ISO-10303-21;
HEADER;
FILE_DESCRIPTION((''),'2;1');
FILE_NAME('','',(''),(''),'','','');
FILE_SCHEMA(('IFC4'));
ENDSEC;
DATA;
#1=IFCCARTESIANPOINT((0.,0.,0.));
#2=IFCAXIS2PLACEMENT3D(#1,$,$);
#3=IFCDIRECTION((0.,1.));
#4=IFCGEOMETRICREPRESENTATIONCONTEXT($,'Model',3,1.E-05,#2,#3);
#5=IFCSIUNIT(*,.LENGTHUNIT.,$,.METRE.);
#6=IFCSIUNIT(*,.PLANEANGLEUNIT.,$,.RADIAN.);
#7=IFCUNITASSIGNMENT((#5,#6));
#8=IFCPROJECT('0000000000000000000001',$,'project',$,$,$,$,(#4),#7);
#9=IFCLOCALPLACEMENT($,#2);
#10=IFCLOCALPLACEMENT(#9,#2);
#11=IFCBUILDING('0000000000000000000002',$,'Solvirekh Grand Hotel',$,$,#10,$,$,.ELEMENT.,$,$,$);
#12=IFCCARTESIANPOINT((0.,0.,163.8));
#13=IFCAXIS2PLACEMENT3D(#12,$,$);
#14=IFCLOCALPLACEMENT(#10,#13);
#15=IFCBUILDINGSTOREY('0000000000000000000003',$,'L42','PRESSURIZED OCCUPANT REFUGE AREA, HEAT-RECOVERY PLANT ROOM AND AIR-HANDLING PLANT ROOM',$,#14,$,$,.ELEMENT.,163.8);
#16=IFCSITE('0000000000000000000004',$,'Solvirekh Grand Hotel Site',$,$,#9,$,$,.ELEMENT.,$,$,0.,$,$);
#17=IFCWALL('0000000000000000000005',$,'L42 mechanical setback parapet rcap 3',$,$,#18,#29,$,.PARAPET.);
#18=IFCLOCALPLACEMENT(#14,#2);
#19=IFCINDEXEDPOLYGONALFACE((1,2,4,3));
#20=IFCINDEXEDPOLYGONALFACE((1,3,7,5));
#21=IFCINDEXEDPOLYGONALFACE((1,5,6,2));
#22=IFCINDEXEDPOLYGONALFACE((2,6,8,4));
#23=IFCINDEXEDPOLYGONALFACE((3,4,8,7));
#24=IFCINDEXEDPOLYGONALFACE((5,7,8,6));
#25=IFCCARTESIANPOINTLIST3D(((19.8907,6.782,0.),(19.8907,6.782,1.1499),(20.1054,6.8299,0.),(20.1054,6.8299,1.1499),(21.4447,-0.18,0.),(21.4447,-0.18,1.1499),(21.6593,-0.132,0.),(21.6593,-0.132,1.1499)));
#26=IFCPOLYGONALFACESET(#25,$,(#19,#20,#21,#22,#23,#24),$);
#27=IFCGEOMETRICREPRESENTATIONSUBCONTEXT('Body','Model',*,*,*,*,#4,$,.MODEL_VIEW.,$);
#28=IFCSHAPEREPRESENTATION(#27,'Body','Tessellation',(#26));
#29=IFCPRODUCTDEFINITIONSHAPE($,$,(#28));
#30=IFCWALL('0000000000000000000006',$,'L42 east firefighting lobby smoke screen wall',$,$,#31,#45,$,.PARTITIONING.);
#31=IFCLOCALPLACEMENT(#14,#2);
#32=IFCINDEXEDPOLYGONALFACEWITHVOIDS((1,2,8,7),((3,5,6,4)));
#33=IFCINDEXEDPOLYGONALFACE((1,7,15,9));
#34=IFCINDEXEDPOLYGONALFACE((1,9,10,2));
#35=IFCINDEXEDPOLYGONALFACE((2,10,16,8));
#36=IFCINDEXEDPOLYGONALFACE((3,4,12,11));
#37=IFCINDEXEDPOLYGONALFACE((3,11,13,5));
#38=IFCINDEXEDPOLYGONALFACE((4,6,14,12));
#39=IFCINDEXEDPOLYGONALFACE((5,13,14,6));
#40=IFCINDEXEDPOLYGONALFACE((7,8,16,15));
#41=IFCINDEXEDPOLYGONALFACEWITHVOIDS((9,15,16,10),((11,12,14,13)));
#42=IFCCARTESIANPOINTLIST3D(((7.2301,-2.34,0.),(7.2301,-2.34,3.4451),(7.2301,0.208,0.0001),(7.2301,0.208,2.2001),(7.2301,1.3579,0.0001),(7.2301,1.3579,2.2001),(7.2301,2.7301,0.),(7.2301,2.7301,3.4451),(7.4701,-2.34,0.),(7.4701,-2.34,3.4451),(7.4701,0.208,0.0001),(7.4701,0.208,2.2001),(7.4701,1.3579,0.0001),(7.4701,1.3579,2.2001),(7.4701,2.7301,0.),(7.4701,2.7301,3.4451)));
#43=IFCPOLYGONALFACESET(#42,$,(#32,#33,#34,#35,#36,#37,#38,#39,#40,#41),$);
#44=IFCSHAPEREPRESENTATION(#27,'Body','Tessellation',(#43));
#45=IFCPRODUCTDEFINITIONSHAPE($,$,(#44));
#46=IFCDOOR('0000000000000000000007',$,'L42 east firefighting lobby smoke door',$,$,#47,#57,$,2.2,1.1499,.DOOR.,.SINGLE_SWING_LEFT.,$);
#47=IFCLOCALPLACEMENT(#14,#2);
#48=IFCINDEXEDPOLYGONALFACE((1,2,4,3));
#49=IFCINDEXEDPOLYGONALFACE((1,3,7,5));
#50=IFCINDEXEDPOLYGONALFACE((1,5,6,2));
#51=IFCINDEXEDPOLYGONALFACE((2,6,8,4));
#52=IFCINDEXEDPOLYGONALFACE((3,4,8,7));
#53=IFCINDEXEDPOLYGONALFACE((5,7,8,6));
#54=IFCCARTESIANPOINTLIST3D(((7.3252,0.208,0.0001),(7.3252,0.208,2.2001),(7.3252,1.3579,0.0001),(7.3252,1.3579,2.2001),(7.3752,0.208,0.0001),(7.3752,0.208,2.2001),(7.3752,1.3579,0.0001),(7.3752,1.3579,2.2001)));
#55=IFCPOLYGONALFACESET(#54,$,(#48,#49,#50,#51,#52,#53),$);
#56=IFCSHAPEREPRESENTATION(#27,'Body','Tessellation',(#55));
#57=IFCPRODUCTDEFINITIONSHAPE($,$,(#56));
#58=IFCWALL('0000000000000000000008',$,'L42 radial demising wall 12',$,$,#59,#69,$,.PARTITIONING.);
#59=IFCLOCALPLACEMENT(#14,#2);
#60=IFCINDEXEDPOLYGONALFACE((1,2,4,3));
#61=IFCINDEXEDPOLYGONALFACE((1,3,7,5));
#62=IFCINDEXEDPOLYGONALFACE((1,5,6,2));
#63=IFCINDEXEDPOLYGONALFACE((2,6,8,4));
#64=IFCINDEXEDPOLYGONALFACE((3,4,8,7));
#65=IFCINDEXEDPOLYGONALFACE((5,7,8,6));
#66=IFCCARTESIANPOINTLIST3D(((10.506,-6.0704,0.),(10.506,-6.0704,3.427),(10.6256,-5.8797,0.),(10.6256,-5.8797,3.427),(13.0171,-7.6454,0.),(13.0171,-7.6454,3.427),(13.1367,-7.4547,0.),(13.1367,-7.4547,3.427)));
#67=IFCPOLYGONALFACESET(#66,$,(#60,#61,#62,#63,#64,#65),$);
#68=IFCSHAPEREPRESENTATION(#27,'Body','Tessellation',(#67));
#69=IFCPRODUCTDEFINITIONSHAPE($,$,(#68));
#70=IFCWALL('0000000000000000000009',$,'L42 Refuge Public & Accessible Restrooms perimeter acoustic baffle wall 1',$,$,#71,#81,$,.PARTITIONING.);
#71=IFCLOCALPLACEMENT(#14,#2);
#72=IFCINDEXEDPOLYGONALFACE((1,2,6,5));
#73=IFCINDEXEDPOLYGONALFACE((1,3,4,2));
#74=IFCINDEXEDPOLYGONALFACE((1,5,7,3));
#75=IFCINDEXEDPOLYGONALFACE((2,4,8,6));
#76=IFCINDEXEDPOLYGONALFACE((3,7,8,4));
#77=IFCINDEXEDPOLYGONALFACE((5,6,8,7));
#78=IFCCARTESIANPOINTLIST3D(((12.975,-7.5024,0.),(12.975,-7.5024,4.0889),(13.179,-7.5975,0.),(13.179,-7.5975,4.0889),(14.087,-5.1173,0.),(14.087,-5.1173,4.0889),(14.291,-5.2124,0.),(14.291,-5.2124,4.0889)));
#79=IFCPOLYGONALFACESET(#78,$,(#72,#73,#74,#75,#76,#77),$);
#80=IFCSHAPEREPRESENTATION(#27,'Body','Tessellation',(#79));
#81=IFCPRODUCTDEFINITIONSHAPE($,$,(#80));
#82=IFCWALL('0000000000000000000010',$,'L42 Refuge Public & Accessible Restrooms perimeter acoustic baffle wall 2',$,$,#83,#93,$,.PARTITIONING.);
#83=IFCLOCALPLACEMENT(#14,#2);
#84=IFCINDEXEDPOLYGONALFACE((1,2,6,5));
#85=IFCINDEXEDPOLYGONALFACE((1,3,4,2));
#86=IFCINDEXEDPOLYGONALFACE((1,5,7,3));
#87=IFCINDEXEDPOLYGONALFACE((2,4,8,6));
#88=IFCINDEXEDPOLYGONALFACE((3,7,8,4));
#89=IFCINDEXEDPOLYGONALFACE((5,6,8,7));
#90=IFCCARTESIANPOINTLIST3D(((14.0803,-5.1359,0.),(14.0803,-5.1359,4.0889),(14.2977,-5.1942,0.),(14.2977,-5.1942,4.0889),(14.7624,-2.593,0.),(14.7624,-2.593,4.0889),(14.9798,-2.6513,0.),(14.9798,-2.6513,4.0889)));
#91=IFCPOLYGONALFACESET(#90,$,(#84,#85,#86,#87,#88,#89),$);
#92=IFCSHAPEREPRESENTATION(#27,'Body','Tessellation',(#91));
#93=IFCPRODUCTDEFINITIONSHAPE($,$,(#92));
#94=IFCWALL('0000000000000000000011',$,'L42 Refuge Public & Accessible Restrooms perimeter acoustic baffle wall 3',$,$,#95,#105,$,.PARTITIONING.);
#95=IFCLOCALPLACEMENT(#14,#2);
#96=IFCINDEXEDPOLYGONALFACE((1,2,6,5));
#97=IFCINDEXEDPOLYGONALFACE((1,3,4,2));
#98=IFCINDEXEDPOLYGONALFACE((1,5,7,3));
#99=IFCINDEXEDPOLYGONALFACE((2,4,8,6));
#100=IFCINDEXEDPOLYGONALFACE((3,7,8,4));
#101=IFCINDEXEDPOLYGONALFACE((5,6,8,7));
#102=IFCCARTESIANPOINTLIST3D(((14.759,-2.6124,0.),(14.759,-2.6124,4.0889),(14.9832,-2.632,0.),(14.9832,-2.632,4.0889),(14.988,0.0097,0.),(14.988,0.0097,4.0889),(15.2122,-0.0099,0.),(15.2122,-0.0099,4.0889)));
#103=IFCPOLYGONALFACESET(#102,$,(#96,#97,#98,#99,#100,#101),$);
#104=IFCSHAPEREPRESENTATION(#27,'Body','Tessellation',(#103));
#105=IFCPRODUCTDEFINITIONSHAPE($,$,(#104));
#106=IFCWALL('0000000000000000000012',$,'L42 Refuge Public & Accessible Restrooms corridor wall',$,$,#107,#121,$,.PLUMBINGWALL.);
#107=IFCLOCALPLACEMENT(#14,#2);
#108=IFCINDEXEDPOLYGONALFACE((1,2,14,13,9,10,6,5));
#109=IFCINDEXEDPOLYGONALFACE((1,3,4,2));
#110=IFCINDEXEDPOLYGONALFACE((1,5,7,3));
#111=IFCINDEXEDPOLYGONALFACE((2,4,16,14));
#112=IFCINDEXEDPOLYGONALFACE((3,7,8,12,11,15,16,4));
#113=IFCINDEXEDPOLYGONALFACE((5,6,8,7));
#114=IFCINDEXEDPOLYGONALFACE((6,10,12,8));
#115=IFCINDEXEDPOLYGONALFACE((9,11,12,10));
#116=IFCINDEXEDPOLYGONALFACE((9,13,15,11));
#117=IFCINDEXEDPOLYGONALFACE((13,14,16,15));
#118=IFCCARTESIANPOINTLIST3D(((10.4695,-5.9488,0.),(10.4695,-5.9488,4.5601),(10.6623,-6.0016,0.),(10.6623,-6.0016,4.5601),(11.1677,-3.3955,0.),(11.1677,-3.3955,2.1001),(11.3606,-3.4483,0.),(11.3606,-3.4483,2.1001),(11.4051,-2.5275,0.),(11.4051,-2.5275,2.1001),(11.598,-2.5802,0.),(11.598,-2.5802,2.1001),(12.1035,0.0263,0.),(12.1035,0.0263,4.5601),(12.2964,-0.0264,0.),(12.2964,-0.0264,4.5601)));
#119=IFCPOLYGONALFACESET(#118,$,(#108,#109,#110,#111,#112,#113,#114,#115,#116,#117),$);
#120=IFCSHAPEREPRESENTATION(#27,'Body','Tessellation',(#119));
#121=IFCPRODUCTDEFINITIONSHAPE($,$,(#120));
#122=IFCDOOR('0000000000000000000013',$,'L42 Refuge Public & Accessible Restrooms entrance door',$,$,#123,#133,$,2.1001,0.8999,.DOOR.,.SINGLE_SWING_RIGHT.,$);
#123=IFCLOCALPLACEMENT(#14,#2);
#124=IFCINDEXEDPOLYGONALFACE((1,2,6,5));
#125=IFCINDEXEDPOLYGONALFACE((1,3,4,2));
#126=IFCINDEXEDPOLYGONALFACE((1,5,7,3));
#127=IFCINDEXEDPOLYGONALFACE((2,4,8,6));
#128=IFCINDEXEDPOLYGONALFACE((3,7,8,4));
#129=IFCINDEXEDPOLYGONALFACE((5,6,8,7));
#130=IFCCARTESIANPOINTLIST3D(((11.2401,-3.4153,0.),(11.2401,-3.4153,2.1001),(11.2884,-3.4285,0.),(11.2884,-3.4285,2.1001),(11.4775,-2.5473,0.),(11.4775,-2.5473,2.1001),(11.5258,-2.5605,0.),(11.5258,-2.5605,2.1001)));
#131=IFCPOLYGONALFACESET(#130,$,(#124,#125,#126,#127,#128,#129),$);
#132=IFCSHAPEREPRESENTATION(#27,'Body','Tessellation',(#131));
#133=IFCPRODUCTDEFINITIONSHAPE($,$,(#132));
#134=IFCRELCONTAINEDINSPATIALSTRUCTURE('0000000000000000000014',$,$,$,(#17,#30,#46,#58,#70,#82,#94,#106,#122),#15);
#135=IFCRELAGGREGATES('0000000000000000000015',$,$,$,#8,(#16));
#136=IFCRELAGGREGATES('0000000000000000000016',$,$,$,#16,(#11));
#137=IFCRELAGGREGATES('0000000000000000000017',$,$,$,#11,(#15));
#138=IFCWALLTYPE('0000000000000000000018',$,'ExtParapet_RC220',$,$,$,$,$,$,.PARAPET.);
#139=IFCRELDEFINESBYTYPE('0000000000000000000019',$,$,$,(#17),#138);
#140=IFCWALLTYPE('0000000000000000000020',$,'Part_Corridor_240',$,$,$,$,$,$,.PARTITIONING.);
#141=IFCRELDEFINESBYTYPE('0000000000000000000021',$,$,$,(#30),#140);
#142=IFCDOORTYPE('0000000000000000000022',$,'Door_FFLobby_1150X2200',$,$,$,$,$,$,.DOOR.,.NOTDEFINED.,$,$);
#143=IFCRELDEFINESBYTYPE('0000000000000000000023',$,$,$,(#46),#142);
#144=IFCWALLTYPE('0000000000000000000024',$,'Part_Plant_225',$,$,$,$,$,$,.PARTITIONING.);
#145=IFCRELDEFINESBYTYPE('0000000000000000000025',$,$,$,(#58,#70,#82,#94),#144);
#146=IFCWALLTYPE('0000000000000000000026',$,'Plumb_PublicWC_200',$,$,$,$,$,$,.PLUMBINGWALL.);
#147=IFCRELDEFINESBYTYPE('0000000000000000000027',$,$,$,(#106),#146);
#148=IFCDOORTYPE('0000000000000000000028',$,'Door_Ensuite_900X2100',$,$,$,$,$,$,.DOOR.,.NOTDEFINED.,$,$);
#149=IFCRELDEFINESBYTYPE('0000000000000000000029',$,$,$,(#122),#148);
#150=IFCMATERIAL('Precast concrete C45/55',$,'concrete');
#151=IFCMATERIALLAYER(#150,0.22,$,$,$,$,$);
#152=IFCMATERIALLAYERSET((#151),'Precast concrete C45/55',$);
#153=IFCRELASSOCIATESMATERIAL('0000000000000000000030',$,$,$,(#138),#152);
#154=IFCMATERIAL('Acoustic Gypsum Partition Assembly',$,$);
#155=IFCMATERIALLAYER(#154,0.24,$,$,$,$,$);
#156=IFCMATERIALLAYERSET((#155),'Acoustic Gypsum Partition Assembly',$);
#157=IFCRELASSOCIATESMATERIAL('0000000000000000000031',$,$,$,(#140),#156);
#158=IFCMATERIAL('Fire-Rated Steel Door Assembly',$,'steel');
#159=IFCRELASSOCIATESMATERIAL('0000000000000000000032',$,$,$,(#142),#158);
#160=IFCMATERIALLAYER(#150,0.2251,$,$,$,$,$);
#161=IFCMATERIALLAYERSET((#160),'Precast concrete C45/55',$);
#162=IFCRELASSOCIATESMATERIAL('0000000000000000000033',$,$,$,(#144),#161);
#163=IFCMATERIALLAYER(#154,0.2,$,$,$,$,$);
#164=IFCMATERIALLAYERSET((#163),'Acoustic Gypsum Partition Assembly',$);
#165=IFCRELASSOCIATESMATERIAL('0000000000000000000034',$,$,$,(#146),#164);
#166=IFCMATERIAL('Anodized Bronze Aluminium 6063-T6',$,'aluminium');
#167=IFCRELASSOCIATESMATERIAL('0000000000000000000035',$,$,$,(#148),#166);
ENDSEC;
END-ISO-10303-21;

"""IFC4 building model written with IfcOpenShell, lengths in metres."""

from ifc_helpers import new_model, si_unit, direction, frame, frame_2d, origin, place, context, subcontext, project, spatial, rectangle, extrude, material, layer, layer_set, type_object, element, fill, save


model = new_model("IFC4")

# Units and contexts
model_context = context("Model", 3, precision=1e-05, world=origin(), true_north=direction((0.0, 1.0)))
body_context = subcontext(model_context, "Body", "Model", "MODEL_VIEW")
ifc_project = project(units=[si_unit("LENGTHUNIT", "METRE"), si_unit("PLANEANGLEUNIT", "RADIAN")], contexts=[model_context])

# Site, building, storey
site_placement = place(None, origin())
site = spatial("IfcSite", under=ifc_project, at=site_placement, Name="Solvirekh Grand Hotel Site", CompositionType="ELEMENT", RefElevation=0.0)
building_placement = place(site_placement, origin())
building = spatial("IfcBuilding", under=site, at=building_placement, Name="Solvirekh Grand Hotel", CompositionType="ELEMENT")
storey_placement = place(building_placement, frame((0.0, 0.0, 163.8)))
storey = spatial("IfcBuildingStorey", under=building, at=storey_placement, Name="L42", Description="PRESSURIZED OCCUPANT REFUGE AREA, HEAT-RECOVERY PLANT ROOM AND AIR-HANDLING PLANT ROOM", CompositionType="ELEMENT", Elevation=163.8)

# Shared definitions
ifc_material_1 = material(Name="Precast concrete C45/55", Category="concrete")

# Wall
ifc_layer_1 = layer(ifc_material_1, 0.22)
ifc_layer_set_1 = layer_set([ifc_layer_1], Name="Precast concrete C45/55")
wall_type_1 = type_object("IfcWallType", Name="ExtParapet_RC220", PredefinedType="PARAPET", material=ifc_layer_set_1)
wall_1_placement = place(storey_placement, frame((21.552, -0.156, 0.0), z_axis=(0.0, 0.0, 1.0), x_axis=(-0.217847, 0.975983, 0.0)))
element("IfcWall", 1, at=wall_1_placement, inside=storey, type_object=wall_type_1, Name="L42 mechanical setback parapet rcap 3", PredefinedType="PARAPET", context=body_context, shape_type="SweptSolid", body=[
    extrude(rectangle(XDim=7.1333, YDim=0.22, at=frame_2d((3.5667, 0.0))), origin(), (0.0, 0.0, 1.0), 1.1499),
])

# Wall, opening, door
ifc_material_2 = material(Name="Acoustic Gypsum Partition Assembly")
ifc_layer_2 = layer(ifc_material_2, 0.24)
ifc_layer_set_2 = layer_set([ifc_layer_2], Name="Acoustic Gypsum Partition Assembly")
wall_type_2 = type_object("IfcWallType", Name="Part_Corridor_240", PredefinedType="PARTITIONING", material=ifc_layer_set_2)
wall_2_placement = place(storey_placement, frame((7.3501, -2.3401, 0.0), z_axis=(0.0, 0.0, 1.0), x_axis=(0.0, 1.0, 0.0)))
wall_2 = element("IfcWall", 2, at=wall_2_placement, inside=storey, type_object=wall_type_2, Name="L42 east firefighting lobby smoke screen wall", PredefinedType="PARTITIONING", context=body_context, shape_type="SweptSolid", body=[
    extrude(rectangle(XDim=5.0701, YDim=0.24, at=frame_2d((2.5352, 0.0))), origin(), (0.0, 0.0, 1.0), 3.4451),
])
opening_1_placement = place(wall_2_placement, frame((2.5481, 0.0, 0.0)))
opening_1 = element("IfcOpeningElement", 3, at=opening_1_placement, cuts=wall_2, PredefinedType="OPENING", context=body_context, shape_type="SweptSolid", body=[
    extrude(rectangle(XDim=1.1499, YDim=2.2, at=frame_2d((0.575, 1.1001))), frame((0.0, 0.1299, 0.0), z_axis=(0.0, -1.0, 0.0), x_axis=(1.0, 0.0, 0.0)), (0.0, 0.0, 1.0), 0.26),
])
ifc_material_3 = material(Name="Fire-Rated Steel Door Assembly", Category="steel")
door_type_1 = type_object("IfcDoorType", Name="Door_FFLobby_1150X2200", OperationType="NOTDEFINED", PredefinedType="DOOR", material=ifc_material_3)
door_1_placement = place(opening_1_placement, origin())
door_1 = element("IfcDoor", 4, at=door_1_placement, inside=storey, type_object=door_type_1, Name="L42 east firefighting lobby smoke door", OperationType="SINGLE_SWING_LEFT", OverallHeight=2.2, OverallWidth=1.1499, PredefinedType="DOOR", context=body_context, shape_type="SweptSolid", body=[
    extrude(rectangle(XDim=1.1499, YDim=2.2, at=frame_2d((0.575, 1.1001))), frame((0.0, 0.0249, 0.0), z_axis=(0.0, -1.0, 0.0), x_axis=(1.0, 0.0, 0.0)), (0.0, 0.0, 1.0), 0.05),
])
fill(opening_1, door_1)

# Walls
ifc_layer_3 = layer(ifc_material_1, 0.2251)
ifc_layer_set_3 = layer_set([ifc_layer_3], Name="Precast concrete C45/55")
wall_type_3 = type_object("IfcWallType", Name="Part_Plant_225", PredefinedType="PARTITIONING", material=ifc_layer_set_3)
wall_3_placement = place(storey_placement, frame((10.5659, -5.9751, 0.0), z_axis=(0.0, 0.0, 1.0), x_axis=(0.84715, -0.531353, 0.0)))
element("IfcWall", 5, at=wall_3_placement, inside=storey, type_object=wall_type_3, Name="L42 radial demising wall 12", PredefinedType="PARTITIONING", context=body_context, shape_type="SweptSolid", body=[
    extrude(rectangle(XDim=2.9641, YDim=0.2251, at=frame_2d((1.4819, 0.0))), origin(), (0.0, 0.0, 1.0), 3.427),
])
wall_4_placement = place(storey_placement, frame((13.0769, -7.55, 0.0), z_axis=(0.0, 0.0, 1.0), x_axis=(0.422591, 0.906321, 0.0)))
element("IfcWall", 6, at=wall_4_placement, inside=storey, type_object=wall_type_3, Name="L42 Refuge Public & Accessible Restrooms perimeter acoustic baffle wall 1", PredefinedType="PARTITIONING", context=body_context, shape_type="SweptSolid", body=[
    extrude(rectangle(XDim=2.6316, YDim=0.2251, at=frame_2d((1.3159, 0.0))), origin(), (0.0, 0.0, 1.0), 4.0889),
])
wall_5_placement = place(storey_placement, frame((14.189, -5.165, 0.0), z_axis=(0.0, 0.0, 1.0), x_axis=(0.259082, 0.965855, 0.0)))
element("IfcWall", 7, at=wall_5_placement, inside=storey, type_object=wall_type_3, Name="L42 Refuge Public & Accessible Restrooms perimeter acoustic baffle wall 2", PredefinedType="PARTITIONING", context=body_context, shape_type="SweptSolid", body=[
    extrude(rectangle(XDim=2.6328, YDim=0.2251, at=frame_2d((1.3164, 0.0))), origin(), (0.0, 0.0, 1.0), 4.0889),
])
wall_6_placement = place(storey_placement, frame((14.8711, -2.6221, 0.0), z_axis=(0.0, 0.0, 1.0), x_axis=(0.087006, 0.996208, 0.0)))
element("IfcWall", 8, at=wall_6_placement, inside=storey, type_object=wall_type_3, Name="L42 Refuge Public & Accessible Restrooms perimeter acoustic baffle wall 3", PredefinedType="PARTITIONING", context=body_context, shape_type="SweptSolid", body=[
    extrude(rectangle(XDim=2.6321, YDim=0.2251, at=frame_2d((1.3159, 0.0))), origin(), (0.0, 0.0, 1.0), 4.0889),
])

# Wall, opening, door
ifc_layer_4 = layer(ifc_material_2, 0.2)
ifc_layer_set_4 = layer_set([ifc_layer_4], Name="Acoustic Gypsum Partition Assembly")
wall_type_4 = type_object("IfcWallType", Name="Plumb_PublicWC_200", PredefinedType="PLUMBINGWALL", material=ifc_layer_set_4)
wall_7_placement = place(storey_placement, frame((10.5659, -5.9751, 0.0), z_axis=(0.0, 0.0, 1.0), x_axis=(0.263788, 0.964581, 0.0)))
wall_7 = element("IfcWall", 9, at=wall_7_placement, inside=storey, type_object=wall_type_4, Name="L42 Refuge Public & Accessible Restrooms corridor wall", PredefinedType="PLUMBINGWALL", context=body_context, shape_type="SweptSolid", body=[
    extrude(rectangle(XDim=6.1946, YDim=0.2, at=frame_2d((3.0972, 0.0))), origin(), (0.0, 0.0, 1.0), 4.5601),
])
opening_2_placement = place(wall_7_placement, frame((2.647, 0.0, 0.0)))
opening_2 = element("IfcOpeningElement", 10, at=opening_2_placement, cuts=wall_7, PredefinedType="OPENING", context=body_context, shape_type="SweptSolid", body=[
    extrude(rectangle(XDim=0.8999, YDim=2.1001, at=frame_2d((0.45, 1.05))), frame((0.0, 0.1099, 0.0), z_axis=(0.0, -1.0, 0.0), x_axis=(1.0, 0.0, 0.0)), (0.0, 0.0, 1.0), 0.22),
])
ifc_material_4 = material(Name="Anodized Bronze Aluminium 6063-T6", Category="aluminium")
door_type_2 = type_object("IfcDoorType", Name="Door_Ensuite_900X2100", OperationType="NOTDEFINED", PredefinedType="DOOR", material=ifc_material_4)
door_2_placement = place(opening_2_placement, origin())
door_2 = element("IfcDoor", 11, at=door_2_placement, inside=storey, type_object=door_type_2, Name="L42 Refuge Public & Accessible Restrooms entrance door", OperationType="SINGLE_SWING_RIGHT", OverallHeight=2.1001, OverallWidth=0.8999, PredefinedType="DOOR", context=body_context, shape_type="SweptSolid", body=[
    extrude(rectangle(XDim=0.8999, YDim=2.1001, at=frame_2d((0.45, 1.05))), frame((0.0, 0.0249, 0.0), z_axis=(0.0, -1.0, 0.0), x_axis=(1.0, 0.0, 0.0)), (0.0, 0.0, 1.0), 0.05),
])
fill(opening_2, door_2)

save(model, "model.ifc")
